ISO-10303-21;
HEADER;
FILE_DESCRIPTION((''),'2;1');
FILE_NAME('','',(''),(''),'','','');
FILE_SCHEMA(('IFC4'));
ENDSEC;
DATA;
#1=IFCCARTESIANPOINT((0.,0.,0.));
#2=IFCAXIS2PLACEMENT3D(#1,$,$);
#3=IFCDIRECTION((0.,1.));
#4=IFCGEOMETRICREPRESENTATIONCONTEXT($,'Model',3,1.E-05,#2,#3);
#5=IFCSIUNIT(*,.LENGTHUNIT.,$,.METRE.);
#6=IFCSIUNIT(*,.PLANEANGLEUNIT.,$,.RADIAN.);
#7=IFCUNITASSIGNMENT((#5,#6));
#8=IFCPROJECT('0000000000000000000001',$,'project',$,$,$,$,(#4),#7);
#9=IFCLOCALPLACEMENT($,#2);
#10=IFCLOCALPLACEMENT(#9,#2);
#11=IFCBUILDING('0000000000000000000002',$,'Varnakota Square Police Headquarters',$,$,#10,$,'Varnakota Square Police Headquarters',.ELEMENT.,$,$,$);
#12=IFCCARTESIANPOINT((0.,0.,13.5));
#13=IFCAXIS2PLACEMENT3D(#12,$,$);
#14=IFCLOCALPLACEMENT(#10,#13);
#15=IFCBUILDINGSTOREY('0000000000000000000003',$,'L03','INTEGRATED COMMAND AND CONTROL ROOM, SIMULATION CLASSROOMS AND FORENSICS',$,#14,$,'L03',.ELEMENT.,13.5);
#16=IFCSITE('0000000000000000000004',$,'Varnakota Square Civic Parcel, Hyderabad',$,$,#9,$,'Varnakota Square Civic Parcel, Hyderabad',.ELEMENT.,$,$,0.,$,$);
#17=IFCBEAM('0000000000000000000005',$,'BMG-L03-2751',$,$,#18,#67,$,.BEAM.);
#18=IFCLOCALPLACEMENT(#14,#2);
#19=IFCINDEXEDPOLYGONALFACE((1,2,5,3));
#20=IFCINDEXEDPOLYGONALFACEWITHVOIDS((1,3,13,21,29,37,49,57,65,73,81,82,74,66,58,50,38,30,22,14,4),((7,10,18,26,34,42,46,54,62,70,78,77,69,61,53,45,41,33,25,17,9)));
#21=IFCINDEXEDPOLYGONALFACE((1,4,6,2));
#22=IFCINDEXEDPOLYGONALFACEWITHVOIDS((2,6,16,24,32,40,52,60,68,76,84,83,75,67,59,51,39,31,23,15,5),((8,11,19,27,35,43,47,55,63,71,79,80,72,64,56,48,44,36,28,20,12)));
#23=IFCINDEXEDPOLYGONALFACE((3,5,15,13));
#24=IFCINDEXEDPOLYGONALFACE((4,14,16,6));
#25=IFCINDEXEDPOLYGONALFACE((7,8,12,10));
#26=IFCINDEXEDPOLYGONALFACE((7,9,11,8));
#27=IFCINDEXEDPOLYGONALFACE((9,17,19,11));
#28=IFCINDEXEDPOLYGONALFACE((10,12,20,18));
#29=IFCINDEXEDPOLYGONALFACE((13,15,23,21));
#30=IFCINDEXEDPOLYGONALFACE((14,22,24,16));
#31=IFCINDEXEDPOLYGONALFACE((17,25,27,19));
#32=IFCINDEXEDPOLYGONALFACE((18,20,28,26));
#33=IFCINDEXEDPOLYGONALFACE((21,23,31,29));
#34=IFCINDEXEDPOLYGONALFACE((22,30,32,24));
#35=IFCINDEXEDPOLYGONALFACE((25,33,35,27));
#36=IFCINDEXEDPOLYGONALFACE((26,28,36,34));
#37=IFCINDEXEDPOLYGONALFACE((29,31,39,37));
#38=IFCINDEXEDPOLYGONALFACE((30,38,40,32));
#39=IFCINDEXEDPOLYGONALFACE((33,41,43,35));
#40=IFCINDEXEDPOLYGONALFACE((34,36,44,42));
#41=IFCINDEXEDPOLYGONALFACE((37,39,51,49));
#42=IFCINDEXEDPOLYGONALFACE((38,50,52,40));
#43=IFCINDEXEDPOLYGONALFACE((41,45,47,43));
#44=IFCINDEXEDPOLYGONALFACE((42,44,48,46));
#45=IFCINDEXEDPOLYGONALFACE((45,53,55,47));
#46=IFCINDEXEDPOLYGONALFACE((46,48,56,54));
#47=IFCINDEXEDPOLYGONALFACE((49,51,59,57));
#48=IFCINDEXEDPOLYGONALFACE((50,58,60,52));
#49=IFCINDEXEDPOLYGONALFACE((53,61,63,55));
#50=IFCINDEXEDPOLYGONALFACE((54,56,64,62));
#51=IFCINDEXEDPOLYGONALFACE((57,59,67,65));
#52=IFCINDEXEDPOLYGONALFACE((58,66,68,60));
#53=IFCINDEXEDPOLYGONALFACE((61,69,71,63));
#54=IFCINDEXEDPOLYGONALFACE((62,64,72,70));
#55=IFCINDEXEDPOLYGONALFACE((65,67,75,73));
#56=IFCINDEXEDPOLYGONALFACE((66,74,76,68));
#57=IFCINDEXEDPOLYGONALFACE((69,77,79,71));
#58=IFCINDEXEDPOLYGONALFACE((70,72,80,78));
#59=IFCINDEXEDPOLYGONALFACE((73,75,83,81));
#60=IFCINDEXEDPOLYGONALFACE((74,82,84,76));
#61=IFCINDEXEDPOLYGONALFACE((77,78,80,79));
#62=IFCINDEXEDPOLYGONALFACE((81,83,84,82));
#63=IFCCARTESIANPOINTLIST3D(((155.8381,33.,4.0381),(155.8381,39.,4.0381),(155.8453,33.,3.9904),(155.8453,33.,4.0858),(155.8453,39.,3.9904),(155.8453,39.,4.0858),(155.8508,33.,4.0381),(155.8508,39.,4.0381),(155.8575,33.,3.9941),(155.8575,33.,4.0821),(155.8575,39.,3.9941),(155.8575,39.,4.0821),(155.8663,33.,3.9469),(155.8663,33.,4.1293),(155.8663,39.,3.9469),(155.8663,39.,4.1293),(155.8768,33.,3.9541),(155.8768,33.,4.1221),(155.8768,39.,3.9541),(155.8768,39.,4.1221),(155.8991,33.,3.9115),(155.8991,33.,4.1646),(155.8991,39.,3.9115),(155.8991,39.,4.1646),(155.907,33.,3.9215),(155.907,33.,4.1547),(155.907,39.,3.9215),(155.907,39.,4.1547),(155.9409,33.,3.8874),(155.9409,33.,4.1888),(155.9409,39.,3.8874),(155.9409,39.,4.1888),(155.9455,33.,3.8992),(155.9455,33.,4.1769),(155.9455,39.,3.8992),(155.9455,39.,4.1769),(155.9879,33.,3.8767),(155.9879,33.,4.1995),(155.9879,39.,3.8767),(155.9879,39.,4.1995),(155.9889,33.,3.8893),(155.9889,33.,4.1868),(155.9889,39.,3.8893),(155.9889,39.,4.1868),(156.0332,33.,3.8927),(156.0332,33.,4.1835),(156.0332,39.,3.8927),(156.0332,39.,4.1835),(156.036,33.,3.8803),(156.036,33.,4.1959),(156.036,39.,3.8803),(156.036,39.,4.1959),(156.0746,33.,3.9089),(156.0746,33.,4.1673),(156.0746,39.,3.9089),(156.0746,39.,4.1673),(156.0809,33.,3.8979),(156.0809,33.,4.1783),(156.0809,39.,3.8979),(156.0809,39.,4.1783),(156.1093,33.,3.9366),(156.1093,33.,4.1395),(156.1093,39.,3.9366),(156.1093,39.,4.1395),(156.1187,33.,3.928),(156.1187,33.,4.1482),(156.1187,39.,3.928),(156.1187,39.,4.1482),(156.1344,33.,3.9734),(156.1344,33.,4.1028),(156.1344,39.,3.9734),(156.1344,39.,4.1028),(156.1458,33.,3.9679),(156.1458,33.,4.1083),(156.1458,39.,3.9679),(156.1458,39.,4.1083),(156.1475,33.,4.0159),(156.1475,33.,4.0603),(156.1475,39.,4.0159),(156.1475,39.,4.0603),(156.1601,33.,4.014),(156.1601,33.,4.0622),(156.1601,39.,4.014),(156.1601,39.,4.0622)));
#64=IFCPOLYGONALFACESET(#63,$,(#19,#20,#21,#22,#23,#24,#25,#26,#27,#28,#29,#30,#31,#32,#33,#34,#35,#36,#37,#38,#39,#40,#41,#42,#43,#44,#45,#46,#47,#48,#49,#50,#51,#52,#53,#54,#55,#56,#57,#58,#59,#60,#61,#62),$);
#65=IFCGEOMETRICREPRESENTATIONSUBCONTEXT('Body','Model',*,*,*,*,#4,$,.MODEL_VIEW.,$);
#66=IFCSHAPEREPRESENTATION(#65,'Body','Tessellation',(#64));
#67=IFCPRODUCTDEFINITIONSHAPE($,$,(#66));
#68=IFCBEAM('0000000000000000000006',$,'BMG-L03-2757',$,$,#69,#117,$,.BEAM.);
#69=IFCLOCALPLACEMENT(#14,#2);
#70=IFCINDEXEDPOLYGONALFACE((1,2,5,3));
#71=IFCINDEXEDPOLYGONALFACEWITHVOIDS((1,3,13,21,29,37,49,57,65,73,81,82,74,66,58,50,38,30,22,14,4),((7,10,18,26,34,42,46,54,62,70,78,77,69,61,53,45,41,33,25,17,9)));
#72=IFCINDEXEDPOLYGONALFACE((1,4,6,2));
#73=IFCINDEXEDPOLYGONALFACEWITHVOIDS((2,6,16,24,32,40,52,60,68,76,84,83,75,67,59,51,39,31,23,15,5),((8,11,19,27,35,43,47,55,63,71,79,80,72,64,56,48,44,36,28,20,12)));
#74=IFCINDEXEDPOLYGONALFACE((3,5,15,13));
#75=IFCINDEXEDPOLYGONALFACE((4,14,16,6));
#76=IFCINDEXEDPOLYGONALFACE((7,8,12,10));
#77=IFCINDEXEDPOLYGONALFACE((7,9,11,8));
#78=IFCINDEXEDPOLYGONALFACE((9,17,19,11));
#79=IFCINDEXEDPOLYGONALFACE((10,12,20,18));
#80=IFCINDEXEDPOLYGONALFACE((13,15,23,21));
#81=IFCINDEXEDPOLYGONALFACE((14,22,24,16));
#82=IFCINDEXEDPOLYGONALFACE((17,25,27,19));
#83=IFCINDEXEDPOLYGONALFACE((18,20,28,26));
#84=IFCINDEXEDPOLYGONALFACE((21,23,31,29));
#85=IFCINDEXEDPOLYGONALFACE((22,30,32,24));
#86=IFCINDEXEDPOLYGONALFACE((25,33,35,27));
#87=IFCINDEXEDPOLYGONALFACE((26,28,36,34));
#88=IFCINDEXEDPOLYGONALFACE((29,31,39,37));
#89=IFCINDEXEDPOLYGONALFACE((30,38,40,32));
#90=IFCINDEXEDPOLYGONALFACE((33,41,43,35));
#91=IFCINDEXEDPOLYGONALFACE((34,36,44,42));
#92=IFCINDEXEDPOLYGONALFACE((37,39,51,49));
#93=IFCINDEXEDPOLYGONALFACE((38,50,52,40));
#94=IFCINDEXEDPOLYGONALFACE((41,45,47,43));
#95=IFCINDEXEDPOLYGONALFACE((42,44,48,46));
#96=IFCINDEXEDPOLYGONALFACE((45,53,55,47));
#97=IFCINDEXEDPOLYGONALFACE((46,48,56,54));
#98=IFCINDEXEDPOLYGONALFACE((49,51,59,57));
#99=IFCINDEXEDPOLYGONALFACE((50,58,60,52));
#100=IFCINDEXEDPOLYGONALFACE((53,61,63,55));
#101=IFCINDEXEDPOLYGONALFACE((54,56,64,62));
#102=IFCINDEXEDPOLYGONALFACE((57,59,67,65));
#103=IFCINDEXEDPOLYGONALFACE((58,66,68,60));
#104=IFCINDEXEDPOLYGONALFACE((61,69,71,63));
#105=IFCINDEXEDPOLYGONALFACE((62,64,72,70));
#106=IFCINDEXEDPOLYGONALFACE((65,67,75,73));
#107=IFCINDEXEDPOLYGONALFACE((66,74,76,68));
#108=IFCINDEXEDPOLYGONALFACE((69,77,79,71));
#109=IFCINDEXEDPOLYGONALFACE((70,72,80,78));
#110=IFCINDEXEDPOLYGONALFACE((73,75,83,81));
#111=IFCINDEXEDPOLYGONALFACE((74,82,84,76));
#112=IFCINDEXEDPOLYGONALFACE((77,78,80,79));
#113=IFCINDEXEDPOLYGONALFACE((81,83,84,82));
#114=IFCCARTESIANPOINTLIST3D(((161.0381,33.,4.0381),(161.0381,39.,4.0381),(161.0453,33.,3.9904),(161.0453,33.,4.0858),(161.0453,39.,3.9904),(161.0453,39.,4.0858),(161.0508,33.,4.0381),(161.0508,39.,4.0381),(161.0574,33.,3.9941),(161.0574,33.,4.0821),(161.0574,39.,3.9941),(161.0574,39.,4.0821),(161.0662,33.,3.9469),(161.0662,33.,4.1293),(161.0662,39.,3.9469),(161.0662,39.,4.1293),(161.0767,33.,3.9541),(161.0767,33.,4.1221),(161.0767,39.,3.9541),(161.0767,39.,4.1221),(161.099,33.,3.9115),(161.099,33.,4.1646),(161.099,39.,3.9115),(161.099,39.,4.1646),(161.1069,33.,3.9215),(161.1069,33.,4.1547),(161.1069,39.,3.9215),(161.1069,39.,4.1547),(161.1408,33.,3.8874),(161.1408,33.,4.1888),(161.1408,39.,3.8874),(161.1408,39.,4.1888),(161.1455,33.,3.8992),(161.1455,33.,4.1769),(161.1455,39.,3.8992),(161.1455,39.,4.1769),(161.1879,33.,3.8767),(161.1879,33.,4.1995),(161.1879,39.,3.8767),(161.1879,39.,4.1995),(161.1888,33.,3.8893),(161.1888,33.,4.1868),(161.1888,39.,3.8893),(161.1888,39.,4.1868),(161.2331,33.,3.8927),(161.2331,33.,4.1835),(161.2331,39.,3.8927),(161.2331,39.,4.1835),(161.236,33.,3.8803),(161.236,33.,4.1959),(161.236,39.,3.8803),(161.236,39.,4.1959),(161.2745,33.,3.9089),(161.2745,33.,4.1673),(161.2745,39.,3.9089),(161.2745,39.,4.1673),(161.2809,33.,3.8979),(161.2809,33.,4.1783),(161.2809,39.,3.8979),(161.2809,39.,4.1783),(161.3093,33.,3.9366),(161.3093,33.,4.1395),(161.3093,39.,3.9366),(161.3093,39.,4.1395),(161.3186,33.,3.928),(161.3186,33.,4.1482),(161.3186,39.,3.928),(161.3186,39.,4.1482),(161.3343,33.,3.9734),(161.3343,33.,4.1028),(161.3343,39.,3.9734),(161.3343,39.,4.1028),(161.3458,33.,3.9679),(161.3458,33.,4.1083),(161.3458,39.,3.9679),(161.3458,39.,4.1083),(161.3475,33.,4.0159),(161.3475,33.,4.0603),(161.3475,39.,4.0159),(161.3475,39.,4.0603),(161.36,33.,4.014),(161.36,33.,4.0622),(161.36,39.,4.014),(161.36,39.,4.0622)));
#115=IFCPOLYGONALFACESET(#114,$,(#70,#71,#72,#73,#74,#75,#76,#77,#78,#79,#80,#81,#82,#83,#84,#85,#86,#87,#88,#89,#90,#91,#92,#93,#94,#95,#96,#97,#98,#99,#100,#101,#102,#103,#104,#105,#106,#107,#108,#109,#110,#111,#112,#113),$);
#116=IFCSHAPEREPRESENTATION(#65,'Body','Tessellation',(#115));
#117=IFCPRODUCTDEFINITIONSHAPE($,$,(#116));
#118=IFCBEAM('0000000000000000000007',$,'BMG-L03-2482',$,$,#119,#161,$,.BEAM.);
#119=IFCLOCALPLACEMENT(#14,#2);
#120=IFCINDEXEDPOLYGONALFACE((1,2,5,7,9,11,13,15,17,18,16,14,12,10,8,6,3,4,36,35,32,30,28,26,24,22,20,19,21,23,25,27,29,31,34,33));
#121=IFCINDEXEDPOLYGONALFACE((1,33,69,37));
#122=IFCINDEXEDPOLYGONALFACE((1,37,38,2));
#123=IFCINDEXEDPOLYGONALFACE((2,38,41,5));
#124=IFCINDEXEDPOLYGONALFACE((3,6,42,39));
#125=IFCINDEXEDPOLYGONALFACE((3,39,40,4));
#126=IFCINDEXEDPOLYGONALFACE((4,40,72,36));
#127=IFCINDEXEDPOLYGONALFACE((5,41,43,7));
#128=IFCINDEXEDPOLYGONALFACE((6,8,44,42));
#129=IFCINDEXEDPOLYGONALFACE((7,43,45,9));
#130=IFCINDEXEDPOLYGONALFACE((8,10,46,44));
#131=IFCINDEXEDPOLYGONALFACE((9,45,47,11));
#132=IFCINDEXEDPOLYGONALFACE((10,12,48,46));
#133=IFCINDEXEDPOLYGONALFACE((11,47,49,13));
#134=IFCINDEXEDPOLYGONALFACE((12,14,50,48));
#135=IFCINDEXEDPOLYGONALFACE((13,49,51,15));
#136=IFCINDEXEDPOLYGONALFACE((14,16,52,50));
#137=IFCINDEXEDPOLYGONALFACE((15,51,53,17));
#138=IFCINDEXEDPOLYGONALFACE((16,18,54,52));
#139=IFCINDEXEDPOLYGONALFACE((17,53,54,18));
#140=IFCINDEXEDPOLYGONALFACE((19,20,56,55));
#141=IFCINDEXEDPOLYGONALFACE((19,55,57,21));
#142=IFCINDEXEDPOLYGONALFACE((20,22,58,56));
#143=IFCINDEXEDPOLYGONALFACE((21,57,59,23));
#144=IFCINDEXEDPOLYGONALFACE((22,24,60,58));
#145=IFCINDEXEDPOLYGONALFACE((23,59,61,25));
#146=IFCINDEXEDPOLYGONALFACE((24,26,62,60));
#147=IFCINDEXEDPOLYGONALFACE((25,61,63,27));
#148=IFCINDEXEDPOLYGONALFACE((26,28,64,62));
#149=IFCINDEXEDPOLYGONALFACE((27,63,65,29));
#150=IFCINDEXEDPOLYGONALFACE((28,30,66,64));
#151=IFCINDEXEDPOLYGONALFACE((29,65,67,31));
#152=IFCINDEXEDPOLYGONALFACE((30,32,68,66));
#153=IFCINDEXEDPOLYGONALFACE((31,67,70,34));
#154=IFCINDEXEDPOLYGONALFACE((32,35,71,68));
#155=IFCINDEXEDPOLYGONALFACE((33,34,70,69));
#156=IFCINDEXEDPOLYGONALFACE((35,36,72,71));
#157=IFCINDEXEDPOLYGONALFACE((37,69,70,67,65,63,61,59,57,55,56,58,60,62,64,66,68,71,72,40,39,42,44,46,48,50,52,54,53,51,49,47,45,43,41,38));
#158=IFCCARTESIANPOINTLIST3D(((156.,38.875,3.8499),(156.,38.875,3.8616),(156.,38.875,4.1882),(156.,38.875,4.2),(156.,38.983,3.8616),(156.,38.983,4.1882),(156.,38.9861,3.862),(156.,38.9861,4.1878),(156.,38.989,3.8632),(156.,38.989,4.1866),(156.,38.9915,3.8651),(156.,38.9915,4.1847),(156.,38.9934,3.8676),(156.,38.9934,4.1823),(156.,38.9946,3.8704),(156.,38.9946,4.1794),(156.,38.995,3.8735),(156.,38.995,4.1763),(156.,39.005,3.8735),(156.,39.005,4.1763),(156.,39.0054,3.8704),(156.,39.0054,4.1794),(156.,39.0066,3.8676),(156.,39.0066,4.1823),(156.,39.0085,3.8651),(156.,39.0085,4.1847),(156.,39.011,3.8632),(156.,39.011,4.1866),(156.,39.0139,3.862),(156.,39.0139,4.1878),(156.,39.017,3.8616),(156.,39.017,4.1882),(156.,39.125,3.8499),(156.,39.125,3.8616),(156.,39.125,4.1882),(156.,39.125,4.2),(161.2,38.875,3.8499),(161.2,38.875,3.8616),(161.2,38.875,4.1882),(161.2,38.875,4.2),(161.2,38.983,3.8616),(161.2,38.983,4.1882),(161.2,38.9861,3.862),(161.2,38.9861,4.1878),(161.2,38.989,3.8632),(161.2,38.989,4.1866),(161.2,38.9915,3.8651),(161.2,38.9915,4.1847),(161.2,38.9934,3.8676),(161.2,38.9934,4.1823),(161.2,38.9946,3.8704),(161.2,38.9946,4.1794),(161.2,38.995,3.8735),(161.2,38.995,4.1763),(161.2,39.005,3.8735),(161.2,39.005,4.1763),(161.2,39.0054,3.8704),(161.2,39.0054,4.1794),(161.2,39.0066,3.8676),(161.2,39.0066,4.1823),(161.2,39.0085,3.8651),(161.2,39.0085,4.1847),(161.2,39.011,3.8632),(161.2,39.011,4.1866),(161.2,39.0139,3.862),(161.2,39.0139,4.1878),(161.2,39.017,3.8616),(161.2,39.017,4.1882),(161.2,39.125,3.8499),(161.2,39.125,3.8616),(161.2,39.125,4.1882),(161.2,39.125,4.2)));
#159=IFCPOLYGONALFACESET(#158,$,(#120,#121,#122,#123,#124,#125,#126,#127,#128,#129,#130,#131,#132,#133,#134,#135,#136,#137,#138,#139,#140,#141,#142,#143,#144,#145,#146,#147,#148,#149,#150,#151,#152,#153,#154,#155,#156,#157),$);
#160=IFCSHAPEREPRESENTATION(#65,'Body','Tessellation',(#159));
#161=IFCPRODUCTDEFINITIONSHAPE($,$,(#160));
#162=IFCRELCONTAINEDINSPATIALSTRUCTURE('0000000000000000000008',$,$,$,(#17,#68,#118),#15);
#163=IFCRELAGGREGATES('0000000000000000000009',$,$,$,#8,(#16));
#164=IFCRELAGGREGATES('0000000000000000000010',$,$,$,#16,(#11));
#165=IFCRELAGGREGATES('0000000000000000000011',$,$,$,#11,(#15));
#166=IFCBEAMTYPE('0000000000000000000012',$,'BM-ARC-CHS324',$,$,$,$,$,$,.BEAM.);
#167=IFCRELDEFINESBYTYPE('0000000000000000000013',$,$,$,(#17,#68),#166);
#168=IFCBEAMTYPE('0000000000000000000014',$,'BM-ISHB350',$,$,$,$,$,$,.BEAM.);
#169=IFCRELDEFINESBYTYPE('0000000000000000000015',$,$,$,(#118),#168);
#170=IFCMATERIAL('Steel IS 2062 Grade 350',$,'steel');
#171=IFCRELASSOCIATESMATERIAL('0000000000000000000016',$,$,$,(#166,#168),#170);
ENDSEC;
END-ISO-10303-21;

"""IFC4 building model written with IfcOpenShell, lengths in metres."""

from ifc_helpers import new_model, si_unit, direction, frame, origin, origin_2d, place, context, subcontext, project, spatial, hollow_circle, i_section, extrude, material, material_profile, profile_set, type_object, element, save


model = new_model("IFC4")

# Units and contexts
model_context = context("Model", 3, precision=1e-05, world=origin(), true_north=direction((0.0, 1.0)))
body_context = subcontext(model_context, "Body", "Model", "MODEL_VIEW")
ifc_project = project(units=[si_unit("LENGTHUNIT", "METRE"), si_unit("PLANEANGLEUNIT", "RADIAN")], contexts=[model_context])

# Site, building, storey
site_placement = place(None, origin())
site = spatial("IfcSite", under=ifc_project, at=site_placement, Name="Varnakota Square Civic Parcel, Hyderabad", LongName="Varnakota Square Civic Parcel, Hyderabad", CompositionType="ELEMENT", RefElevation=0.0)
building_placement = place(site_placement, origin())
building = spatial("IfcBuilding", under=site, at=building_placement, Name="Varnakota Square Police Headquarters", LongName="Varnakota Square Police Headquarters", CompositionType="ELEMENT")
storey_placement = place(building_placement, frame((0.0, 0.0, 13.5)))
storey = spatial("IfcBuildingStorey", under=building, at=storey_placement, Name="L03", Description="INTEGRATED COMMAND AND CONTROL ROOM, SIMULATION CLASSROOMS AND FORENSICS", LongName="L03", CompositionType="ELEMENT", Elevation=13.5)

# Shared definitions
ifc_material_1 = material(Name="Steel IS 2062 Grade 350", Category="steel")

# Beams
ifc_material_profile_1 = material_profile(ifc_material_1, hollow_circle(Radius=0.1619, WallThickness=0.0127, at=origin_2d()), Name="CHS 323.9x12.7")
ifc_profile_set_1 = profile_set([ifc_material_profile_1], Name="Steel IS 2062 Grade 350")
beam_type_1 = type_object("IfcBeamType", Name="BM-ARC-CHS324", PredefinedType="BEAM", material=ifc_profile_set_1)
for number, where, z_axis, x_axis, name in (
    (1, (156.0, 33.0, 4.0381), (0.0, 1.0, 0.0), (-1.0, 0.0, 0.0), "BMG-L03-2751"),
    (2, (161.2, 33.0, 4.0381), (0.0, 1.0, 0.0), (-1.0, 0.0, 0.0), "BMG-L03-2757"),
):
    element("IfcBeam", number, at=place(storey_placement, frame(where, z_axis=z_axis, x_axis=x_axis)), inside=storey, type_object=beam_type_1, Name=name, PredefinedType="BEAM", context=body_context, shape_type="SweptSolid", body=[
        extrude(hollow_circle(Radius=0.1619, WallThickness=0.0127, at=origin_2d()), origin(), (0.0, 0.0, 1.0), 6.0),
    ])
ifc_material_profile_2 = material_profile(ifc_material_1, i_section(OverallWidth=0.25, OverallDepth=0.3501, WebThickness=0.01, FlangeThickness=0.0117, FilletRadius=0.012, at=origin_2d()), Name="ISHB 350")
ifc_profile_set_2 = profile_set([ifc_material_profile_2], Name="Steel IS 2062 Grade 350")
beam_type_2 = type_object("IfcBeamType", Name="BM-ISHB350", PredefinedType="BEAM", material=ifc_profile_set_2)
beam_1_placement = place(storey_placement, frame((156.0, 39.0, 4.0249), z_axis=(1.0, 0.0, 0.0), x_axis=(0.0, 1.0, 0.0)))
element("IfcBeam", 3, at=beam_1_placement, inside=storey, type_object=beam_type_2, Name="BMG-L03-2482", PredefinedType="BEAM", context=body_context, shape_type="SweptSolid", body=[
    extrude(i_section(OverallWidth=0.25, OverallDepth=0.3501, WebThickness=0.01, FlangeThickness=0.0117, FilletRadius=0.012, at=origin_2d()), origin(), (0.0, 0.0, 1.0), 5.2),
])

save(model, "model.ifc")
